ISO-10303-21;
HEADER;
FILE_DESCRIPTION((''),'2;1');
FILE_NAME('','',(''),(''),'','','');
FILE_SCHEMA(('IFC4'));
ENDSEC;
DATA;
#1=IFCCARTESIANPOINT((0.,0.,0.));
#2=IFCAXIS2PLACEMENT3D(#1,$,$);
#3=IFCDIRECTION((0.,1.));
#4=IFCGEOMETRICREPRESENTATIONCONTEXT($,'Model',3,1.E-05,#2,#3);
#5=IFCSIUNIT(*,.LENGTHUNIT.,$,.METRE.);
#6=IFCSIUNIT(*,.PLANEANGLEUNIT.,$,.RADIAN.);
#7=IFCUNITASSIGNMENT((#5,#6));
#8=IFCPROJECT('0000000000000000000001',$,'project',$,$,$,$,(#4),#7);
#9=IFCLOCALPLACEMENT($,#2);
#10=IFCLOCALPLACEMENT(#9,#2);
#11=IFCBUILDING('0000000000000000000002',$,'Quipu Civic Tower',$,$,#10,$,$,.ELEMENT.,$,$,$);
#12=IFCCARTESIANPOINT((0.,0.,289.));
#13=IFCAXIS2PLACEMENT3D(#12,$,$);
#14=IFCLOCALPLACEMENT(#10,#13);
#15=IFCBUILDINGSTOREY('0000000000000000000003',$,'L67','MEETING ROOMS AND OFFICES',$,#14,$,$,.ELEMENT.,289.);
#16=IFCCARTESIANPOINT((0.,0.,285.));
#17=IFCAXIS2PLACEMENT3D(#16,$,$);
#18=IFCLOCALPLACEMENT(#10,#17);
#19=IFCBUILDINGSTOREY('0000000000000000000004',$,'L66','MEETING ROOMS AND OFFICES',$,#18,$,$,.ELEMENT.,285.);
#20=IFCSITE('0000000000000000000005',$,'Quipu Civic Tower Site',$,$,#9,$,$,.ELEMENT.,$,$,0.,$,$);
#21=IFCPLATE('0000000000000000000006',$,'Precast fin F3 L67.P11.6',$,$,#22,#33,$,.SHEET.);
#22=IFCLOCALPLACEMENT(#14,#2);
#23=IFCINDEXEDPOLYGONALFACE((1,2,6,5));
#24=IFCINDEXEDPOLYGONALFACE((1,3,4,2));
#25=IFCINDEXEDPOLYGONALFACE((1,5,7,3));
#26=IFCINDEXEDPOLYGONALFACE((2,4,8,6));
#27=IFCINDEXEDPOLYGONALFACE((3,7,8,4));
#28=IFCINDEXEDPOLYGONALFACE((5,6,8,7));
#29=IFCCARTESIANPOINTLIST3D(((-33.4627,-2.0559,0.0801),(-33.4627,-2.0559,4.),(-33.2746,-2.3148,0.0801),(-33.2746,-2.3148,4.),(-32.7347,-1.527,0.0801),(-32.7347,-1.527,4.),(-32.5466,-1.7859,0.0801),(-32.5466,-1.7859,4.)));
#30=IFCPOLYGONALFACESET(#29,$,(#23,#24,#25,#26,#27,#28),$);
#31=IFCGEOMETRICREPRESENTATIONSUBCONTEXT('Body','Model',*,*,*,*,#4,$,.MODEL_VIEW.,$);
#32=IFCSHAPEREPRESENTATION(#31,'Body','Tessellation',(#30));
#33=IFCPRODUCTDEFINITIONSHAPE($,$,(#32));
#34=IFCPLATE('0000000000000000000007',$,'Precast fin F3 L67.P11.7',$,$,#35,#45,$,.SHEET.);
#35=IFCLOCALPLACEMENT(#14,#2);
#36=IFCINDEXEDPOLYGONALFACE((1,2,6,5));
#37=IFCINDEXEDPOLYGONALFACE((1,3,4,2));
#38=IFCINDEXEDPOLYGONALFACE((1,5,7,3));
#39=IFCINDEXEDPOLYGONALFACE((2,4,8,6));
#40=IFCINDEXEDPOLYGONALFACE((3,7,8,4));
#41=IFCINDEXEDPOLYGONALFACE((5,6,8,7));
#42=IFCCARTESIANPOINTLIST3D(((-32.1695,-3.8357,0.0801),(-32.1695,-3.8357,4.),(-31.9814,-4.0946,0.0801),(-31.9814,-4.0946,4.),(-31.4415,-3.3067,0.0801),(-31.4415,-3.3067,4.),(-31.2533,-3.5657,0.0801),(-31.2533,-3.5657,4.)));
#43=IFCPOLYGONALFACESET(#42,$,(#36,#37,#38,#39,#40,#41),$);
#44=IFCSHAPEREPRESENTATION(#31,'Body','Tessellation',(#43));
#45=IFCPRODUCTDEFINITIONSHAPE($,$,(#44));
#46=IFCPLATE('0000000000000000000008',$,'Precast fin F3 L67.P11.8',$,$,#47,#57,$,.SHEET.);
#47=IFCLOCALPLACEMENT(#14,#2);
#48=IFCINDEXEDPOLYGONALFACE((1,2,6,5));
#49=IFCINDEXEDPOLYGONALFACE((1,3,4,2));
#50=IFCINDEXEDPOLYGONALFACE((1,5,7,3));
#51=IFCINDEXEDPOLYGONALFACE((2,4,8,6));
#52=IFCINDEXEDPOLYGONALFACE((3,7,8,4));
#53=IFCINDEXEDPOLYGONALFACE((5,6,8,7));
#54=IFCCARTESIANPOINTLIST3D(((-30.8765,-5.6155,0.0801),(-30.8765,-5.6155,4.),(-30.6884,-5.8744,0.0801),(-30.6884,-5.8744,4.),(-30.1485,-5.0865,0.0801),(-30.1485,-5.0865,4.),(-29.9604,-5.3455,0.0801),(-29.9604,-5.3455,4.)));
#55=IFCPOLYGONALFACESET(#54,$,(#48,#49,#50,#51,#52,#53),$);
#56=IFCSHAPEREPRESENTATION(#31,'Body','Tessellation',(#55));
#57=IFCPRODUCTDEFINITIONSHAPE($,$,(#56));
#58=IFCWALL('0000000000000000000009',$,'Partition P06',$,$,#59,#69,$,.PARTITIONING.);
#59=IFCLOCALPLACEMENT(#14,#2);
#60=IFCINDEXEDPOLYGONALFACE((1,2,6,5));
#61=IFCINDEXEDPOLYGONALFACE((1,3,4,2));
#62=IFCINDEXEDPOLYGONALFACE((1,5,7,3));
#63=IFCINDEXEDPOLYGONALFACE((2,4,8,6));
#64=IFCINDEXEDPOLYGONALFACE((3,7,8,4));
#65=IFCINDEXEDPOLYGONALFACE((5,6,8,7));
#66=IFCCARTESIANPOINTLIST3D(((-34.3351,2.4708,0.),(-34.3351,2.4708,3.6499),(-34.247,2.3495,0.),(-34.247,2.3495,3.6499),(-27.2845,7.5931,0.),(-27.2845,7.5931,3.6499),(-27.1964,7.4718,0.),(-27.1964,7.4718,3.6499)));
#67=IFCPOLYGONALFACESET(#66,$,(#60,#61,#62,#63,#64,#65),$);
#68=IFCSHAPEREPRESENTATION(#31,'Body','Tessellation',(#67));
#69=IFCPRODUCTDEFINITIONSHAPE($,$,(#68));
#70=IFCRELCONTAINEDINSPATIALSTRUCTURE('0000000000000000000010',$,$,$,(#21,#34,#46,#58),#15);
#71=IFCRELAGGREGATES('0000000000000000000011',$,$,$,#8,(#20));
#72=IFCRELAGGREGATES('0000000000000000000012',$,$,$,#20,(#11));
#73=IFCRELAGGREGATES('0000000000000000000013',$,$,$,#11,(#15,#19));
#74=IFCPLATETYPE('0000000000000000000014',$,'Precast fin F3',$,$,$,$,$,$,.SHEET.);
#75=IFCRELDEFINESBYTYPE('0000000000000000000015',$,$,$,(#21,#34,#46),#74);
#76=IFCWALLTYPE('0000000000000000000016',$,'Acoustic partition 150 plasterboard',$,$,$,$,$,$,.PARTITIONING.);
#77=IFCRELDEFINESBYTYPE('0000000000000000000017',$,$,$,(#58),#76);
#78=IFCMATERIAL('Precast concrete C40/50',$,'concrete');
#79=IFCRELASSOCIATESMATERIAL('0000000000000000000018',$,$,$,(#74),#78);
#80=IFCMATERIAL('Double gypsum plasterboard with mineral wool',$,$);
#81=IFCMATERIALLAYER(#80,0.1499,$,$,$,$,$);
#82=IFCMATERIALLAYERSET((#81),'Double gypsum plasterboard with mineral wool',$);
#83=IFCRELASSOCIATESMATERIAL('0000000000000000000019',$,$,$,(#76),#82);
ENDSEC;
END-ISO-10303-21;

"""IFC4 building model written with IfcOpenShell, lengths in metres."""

from ifc_helpers import new_model, si_unit, direction, frame, frame_2d, origin, origin_2d, place, context, subcontext, project, spatial, rectangle, extrude, material, layer, layer_set, type_object, element, save


model = new_model("IFC4")

# Units and contexts
model_context = context("Model", 3, precision=1e-05, world=origin(), true_north=direction((0.0, 1.0)))
body_context = subcontext(model_context, "Body", "Model", "MODEL_VIEW")
ifc_project = project(units=[si_unit("LENGTHUNIT", "METRE"), si_unit("PLANEANGLEUNIT", "RADIAN")], contexts=[model_context])

# Site, building, storey
site_placement = place(None, origin())
site = spatial("IfcSite", under=ifc_project, at=site_placement, Name="Quipu Civic Tower Site", CompositionType="ELEMENT", RefElevation=0.0)
building_placement = place(site_placement, origin())
building = spatial("IfcBuilding", under=site, at=building_placement, Name="Quipu Civic Tower", CompositionType="ELEMENT")
storey_1_placement = place(building_placement, frame((0.0, 0.0, 289.0)))
storey_1 = spatial("IfcBuildingStorey", under=building, at=storey_1_placement, Name="L67", Description="MEETING ROOMS AND OFFICES", CompositionType="ELEMENT", Elevation=289.0)

# Shared definitions
storey_2_placement = place(building_placement, frame((0.0, 0.0, 285.0)))
storey_2 = spatial("IfcBuildingStorey", under=building, at=storey_2_placement, Name="L66", Description="MEETING ROOMS AND OFFICES", CompositionType="ELEMENT", Elevation=285.0)

# Plates
ifc_material_1 = material(Name="Precast concrete C40/50", Category="concrete")
plate_type_1 = type_object("IfcPlateType", Name="Precast fin F3", PredefinedType="SHEET", material=ifc_material_1)
for number, where, z_axis, x_axis, name in (
    (1, (-33.0046, -1.9209, 0.0801), (0.0, 0.0, 1.0), (0.587787, -0.809016, 0.0), "Precast fin F3 L67.P11.6"),
    (2, (-31.7114, -3.7007, 0.0801), (0.0, 0.0, 1.0), (0.587787, -0.809016, 0.0), "Precast fin F3 L67.P11.7"),
    (3, (-30.4185, -5.4805, 0.0801), (0.0, 0.0, 1.0), (0.587787, -0.809016, 0.0), "Precast fin F3 L67.P11.8"),
):
    element("IfcPlate", number, at=place(storey_1_placement, frame(where, z_axis=z_axis, x_axis=x_axis)), inside=storey_1, type_object=plate_type_1, Name=name, PredefinedType="SHEET", context=body_context, shape_type="SweptSolid", body=[
        extrude(rectangle(XDim=0.3201, YDim=0.8999, at=origin_2d()), origin(), (0.0, 0.0, 1.0), 3.9199),
    ])

# Wall
ifc_material_2 = material(Name="Double gypsum plasterboard with mineral wool")
ifc_layer_1 = layer(ifc_material_2, 0.1499)
ifc_layer_set_1 = layer_set([ifc_layer_1], Name="Double gypsum plasterboard with mineral wool")
wall_type = type_object("IfcWallType", Name="Acoustic partition 150 plasterboard", PredefinedType="PARTITIONING", material=ifc_layer_set_1)
wall_placement = place(storey_1_placement, frame((-34.291, 2.4102, 0.0), z_axis=(0.0, 0.0, 1.0), x_axis=(0.809028, 0.58777, 0.0)))
element("IfcWall", 4, at=wall_placement, inside=storey_1, type_object=wall_type, Name="Partition P06", PredefinedType="PARTITIONING", context=body_context, shape_type="SweptSolid", body=[
    extrude(rectangle(XDim=8.7148, YDim=0.1499, at=frame_2d((4.3574, 0.0))), origin(), (0.0, 0.0, 1.0), 3.6499),
])

save(model, "model.ifc")
